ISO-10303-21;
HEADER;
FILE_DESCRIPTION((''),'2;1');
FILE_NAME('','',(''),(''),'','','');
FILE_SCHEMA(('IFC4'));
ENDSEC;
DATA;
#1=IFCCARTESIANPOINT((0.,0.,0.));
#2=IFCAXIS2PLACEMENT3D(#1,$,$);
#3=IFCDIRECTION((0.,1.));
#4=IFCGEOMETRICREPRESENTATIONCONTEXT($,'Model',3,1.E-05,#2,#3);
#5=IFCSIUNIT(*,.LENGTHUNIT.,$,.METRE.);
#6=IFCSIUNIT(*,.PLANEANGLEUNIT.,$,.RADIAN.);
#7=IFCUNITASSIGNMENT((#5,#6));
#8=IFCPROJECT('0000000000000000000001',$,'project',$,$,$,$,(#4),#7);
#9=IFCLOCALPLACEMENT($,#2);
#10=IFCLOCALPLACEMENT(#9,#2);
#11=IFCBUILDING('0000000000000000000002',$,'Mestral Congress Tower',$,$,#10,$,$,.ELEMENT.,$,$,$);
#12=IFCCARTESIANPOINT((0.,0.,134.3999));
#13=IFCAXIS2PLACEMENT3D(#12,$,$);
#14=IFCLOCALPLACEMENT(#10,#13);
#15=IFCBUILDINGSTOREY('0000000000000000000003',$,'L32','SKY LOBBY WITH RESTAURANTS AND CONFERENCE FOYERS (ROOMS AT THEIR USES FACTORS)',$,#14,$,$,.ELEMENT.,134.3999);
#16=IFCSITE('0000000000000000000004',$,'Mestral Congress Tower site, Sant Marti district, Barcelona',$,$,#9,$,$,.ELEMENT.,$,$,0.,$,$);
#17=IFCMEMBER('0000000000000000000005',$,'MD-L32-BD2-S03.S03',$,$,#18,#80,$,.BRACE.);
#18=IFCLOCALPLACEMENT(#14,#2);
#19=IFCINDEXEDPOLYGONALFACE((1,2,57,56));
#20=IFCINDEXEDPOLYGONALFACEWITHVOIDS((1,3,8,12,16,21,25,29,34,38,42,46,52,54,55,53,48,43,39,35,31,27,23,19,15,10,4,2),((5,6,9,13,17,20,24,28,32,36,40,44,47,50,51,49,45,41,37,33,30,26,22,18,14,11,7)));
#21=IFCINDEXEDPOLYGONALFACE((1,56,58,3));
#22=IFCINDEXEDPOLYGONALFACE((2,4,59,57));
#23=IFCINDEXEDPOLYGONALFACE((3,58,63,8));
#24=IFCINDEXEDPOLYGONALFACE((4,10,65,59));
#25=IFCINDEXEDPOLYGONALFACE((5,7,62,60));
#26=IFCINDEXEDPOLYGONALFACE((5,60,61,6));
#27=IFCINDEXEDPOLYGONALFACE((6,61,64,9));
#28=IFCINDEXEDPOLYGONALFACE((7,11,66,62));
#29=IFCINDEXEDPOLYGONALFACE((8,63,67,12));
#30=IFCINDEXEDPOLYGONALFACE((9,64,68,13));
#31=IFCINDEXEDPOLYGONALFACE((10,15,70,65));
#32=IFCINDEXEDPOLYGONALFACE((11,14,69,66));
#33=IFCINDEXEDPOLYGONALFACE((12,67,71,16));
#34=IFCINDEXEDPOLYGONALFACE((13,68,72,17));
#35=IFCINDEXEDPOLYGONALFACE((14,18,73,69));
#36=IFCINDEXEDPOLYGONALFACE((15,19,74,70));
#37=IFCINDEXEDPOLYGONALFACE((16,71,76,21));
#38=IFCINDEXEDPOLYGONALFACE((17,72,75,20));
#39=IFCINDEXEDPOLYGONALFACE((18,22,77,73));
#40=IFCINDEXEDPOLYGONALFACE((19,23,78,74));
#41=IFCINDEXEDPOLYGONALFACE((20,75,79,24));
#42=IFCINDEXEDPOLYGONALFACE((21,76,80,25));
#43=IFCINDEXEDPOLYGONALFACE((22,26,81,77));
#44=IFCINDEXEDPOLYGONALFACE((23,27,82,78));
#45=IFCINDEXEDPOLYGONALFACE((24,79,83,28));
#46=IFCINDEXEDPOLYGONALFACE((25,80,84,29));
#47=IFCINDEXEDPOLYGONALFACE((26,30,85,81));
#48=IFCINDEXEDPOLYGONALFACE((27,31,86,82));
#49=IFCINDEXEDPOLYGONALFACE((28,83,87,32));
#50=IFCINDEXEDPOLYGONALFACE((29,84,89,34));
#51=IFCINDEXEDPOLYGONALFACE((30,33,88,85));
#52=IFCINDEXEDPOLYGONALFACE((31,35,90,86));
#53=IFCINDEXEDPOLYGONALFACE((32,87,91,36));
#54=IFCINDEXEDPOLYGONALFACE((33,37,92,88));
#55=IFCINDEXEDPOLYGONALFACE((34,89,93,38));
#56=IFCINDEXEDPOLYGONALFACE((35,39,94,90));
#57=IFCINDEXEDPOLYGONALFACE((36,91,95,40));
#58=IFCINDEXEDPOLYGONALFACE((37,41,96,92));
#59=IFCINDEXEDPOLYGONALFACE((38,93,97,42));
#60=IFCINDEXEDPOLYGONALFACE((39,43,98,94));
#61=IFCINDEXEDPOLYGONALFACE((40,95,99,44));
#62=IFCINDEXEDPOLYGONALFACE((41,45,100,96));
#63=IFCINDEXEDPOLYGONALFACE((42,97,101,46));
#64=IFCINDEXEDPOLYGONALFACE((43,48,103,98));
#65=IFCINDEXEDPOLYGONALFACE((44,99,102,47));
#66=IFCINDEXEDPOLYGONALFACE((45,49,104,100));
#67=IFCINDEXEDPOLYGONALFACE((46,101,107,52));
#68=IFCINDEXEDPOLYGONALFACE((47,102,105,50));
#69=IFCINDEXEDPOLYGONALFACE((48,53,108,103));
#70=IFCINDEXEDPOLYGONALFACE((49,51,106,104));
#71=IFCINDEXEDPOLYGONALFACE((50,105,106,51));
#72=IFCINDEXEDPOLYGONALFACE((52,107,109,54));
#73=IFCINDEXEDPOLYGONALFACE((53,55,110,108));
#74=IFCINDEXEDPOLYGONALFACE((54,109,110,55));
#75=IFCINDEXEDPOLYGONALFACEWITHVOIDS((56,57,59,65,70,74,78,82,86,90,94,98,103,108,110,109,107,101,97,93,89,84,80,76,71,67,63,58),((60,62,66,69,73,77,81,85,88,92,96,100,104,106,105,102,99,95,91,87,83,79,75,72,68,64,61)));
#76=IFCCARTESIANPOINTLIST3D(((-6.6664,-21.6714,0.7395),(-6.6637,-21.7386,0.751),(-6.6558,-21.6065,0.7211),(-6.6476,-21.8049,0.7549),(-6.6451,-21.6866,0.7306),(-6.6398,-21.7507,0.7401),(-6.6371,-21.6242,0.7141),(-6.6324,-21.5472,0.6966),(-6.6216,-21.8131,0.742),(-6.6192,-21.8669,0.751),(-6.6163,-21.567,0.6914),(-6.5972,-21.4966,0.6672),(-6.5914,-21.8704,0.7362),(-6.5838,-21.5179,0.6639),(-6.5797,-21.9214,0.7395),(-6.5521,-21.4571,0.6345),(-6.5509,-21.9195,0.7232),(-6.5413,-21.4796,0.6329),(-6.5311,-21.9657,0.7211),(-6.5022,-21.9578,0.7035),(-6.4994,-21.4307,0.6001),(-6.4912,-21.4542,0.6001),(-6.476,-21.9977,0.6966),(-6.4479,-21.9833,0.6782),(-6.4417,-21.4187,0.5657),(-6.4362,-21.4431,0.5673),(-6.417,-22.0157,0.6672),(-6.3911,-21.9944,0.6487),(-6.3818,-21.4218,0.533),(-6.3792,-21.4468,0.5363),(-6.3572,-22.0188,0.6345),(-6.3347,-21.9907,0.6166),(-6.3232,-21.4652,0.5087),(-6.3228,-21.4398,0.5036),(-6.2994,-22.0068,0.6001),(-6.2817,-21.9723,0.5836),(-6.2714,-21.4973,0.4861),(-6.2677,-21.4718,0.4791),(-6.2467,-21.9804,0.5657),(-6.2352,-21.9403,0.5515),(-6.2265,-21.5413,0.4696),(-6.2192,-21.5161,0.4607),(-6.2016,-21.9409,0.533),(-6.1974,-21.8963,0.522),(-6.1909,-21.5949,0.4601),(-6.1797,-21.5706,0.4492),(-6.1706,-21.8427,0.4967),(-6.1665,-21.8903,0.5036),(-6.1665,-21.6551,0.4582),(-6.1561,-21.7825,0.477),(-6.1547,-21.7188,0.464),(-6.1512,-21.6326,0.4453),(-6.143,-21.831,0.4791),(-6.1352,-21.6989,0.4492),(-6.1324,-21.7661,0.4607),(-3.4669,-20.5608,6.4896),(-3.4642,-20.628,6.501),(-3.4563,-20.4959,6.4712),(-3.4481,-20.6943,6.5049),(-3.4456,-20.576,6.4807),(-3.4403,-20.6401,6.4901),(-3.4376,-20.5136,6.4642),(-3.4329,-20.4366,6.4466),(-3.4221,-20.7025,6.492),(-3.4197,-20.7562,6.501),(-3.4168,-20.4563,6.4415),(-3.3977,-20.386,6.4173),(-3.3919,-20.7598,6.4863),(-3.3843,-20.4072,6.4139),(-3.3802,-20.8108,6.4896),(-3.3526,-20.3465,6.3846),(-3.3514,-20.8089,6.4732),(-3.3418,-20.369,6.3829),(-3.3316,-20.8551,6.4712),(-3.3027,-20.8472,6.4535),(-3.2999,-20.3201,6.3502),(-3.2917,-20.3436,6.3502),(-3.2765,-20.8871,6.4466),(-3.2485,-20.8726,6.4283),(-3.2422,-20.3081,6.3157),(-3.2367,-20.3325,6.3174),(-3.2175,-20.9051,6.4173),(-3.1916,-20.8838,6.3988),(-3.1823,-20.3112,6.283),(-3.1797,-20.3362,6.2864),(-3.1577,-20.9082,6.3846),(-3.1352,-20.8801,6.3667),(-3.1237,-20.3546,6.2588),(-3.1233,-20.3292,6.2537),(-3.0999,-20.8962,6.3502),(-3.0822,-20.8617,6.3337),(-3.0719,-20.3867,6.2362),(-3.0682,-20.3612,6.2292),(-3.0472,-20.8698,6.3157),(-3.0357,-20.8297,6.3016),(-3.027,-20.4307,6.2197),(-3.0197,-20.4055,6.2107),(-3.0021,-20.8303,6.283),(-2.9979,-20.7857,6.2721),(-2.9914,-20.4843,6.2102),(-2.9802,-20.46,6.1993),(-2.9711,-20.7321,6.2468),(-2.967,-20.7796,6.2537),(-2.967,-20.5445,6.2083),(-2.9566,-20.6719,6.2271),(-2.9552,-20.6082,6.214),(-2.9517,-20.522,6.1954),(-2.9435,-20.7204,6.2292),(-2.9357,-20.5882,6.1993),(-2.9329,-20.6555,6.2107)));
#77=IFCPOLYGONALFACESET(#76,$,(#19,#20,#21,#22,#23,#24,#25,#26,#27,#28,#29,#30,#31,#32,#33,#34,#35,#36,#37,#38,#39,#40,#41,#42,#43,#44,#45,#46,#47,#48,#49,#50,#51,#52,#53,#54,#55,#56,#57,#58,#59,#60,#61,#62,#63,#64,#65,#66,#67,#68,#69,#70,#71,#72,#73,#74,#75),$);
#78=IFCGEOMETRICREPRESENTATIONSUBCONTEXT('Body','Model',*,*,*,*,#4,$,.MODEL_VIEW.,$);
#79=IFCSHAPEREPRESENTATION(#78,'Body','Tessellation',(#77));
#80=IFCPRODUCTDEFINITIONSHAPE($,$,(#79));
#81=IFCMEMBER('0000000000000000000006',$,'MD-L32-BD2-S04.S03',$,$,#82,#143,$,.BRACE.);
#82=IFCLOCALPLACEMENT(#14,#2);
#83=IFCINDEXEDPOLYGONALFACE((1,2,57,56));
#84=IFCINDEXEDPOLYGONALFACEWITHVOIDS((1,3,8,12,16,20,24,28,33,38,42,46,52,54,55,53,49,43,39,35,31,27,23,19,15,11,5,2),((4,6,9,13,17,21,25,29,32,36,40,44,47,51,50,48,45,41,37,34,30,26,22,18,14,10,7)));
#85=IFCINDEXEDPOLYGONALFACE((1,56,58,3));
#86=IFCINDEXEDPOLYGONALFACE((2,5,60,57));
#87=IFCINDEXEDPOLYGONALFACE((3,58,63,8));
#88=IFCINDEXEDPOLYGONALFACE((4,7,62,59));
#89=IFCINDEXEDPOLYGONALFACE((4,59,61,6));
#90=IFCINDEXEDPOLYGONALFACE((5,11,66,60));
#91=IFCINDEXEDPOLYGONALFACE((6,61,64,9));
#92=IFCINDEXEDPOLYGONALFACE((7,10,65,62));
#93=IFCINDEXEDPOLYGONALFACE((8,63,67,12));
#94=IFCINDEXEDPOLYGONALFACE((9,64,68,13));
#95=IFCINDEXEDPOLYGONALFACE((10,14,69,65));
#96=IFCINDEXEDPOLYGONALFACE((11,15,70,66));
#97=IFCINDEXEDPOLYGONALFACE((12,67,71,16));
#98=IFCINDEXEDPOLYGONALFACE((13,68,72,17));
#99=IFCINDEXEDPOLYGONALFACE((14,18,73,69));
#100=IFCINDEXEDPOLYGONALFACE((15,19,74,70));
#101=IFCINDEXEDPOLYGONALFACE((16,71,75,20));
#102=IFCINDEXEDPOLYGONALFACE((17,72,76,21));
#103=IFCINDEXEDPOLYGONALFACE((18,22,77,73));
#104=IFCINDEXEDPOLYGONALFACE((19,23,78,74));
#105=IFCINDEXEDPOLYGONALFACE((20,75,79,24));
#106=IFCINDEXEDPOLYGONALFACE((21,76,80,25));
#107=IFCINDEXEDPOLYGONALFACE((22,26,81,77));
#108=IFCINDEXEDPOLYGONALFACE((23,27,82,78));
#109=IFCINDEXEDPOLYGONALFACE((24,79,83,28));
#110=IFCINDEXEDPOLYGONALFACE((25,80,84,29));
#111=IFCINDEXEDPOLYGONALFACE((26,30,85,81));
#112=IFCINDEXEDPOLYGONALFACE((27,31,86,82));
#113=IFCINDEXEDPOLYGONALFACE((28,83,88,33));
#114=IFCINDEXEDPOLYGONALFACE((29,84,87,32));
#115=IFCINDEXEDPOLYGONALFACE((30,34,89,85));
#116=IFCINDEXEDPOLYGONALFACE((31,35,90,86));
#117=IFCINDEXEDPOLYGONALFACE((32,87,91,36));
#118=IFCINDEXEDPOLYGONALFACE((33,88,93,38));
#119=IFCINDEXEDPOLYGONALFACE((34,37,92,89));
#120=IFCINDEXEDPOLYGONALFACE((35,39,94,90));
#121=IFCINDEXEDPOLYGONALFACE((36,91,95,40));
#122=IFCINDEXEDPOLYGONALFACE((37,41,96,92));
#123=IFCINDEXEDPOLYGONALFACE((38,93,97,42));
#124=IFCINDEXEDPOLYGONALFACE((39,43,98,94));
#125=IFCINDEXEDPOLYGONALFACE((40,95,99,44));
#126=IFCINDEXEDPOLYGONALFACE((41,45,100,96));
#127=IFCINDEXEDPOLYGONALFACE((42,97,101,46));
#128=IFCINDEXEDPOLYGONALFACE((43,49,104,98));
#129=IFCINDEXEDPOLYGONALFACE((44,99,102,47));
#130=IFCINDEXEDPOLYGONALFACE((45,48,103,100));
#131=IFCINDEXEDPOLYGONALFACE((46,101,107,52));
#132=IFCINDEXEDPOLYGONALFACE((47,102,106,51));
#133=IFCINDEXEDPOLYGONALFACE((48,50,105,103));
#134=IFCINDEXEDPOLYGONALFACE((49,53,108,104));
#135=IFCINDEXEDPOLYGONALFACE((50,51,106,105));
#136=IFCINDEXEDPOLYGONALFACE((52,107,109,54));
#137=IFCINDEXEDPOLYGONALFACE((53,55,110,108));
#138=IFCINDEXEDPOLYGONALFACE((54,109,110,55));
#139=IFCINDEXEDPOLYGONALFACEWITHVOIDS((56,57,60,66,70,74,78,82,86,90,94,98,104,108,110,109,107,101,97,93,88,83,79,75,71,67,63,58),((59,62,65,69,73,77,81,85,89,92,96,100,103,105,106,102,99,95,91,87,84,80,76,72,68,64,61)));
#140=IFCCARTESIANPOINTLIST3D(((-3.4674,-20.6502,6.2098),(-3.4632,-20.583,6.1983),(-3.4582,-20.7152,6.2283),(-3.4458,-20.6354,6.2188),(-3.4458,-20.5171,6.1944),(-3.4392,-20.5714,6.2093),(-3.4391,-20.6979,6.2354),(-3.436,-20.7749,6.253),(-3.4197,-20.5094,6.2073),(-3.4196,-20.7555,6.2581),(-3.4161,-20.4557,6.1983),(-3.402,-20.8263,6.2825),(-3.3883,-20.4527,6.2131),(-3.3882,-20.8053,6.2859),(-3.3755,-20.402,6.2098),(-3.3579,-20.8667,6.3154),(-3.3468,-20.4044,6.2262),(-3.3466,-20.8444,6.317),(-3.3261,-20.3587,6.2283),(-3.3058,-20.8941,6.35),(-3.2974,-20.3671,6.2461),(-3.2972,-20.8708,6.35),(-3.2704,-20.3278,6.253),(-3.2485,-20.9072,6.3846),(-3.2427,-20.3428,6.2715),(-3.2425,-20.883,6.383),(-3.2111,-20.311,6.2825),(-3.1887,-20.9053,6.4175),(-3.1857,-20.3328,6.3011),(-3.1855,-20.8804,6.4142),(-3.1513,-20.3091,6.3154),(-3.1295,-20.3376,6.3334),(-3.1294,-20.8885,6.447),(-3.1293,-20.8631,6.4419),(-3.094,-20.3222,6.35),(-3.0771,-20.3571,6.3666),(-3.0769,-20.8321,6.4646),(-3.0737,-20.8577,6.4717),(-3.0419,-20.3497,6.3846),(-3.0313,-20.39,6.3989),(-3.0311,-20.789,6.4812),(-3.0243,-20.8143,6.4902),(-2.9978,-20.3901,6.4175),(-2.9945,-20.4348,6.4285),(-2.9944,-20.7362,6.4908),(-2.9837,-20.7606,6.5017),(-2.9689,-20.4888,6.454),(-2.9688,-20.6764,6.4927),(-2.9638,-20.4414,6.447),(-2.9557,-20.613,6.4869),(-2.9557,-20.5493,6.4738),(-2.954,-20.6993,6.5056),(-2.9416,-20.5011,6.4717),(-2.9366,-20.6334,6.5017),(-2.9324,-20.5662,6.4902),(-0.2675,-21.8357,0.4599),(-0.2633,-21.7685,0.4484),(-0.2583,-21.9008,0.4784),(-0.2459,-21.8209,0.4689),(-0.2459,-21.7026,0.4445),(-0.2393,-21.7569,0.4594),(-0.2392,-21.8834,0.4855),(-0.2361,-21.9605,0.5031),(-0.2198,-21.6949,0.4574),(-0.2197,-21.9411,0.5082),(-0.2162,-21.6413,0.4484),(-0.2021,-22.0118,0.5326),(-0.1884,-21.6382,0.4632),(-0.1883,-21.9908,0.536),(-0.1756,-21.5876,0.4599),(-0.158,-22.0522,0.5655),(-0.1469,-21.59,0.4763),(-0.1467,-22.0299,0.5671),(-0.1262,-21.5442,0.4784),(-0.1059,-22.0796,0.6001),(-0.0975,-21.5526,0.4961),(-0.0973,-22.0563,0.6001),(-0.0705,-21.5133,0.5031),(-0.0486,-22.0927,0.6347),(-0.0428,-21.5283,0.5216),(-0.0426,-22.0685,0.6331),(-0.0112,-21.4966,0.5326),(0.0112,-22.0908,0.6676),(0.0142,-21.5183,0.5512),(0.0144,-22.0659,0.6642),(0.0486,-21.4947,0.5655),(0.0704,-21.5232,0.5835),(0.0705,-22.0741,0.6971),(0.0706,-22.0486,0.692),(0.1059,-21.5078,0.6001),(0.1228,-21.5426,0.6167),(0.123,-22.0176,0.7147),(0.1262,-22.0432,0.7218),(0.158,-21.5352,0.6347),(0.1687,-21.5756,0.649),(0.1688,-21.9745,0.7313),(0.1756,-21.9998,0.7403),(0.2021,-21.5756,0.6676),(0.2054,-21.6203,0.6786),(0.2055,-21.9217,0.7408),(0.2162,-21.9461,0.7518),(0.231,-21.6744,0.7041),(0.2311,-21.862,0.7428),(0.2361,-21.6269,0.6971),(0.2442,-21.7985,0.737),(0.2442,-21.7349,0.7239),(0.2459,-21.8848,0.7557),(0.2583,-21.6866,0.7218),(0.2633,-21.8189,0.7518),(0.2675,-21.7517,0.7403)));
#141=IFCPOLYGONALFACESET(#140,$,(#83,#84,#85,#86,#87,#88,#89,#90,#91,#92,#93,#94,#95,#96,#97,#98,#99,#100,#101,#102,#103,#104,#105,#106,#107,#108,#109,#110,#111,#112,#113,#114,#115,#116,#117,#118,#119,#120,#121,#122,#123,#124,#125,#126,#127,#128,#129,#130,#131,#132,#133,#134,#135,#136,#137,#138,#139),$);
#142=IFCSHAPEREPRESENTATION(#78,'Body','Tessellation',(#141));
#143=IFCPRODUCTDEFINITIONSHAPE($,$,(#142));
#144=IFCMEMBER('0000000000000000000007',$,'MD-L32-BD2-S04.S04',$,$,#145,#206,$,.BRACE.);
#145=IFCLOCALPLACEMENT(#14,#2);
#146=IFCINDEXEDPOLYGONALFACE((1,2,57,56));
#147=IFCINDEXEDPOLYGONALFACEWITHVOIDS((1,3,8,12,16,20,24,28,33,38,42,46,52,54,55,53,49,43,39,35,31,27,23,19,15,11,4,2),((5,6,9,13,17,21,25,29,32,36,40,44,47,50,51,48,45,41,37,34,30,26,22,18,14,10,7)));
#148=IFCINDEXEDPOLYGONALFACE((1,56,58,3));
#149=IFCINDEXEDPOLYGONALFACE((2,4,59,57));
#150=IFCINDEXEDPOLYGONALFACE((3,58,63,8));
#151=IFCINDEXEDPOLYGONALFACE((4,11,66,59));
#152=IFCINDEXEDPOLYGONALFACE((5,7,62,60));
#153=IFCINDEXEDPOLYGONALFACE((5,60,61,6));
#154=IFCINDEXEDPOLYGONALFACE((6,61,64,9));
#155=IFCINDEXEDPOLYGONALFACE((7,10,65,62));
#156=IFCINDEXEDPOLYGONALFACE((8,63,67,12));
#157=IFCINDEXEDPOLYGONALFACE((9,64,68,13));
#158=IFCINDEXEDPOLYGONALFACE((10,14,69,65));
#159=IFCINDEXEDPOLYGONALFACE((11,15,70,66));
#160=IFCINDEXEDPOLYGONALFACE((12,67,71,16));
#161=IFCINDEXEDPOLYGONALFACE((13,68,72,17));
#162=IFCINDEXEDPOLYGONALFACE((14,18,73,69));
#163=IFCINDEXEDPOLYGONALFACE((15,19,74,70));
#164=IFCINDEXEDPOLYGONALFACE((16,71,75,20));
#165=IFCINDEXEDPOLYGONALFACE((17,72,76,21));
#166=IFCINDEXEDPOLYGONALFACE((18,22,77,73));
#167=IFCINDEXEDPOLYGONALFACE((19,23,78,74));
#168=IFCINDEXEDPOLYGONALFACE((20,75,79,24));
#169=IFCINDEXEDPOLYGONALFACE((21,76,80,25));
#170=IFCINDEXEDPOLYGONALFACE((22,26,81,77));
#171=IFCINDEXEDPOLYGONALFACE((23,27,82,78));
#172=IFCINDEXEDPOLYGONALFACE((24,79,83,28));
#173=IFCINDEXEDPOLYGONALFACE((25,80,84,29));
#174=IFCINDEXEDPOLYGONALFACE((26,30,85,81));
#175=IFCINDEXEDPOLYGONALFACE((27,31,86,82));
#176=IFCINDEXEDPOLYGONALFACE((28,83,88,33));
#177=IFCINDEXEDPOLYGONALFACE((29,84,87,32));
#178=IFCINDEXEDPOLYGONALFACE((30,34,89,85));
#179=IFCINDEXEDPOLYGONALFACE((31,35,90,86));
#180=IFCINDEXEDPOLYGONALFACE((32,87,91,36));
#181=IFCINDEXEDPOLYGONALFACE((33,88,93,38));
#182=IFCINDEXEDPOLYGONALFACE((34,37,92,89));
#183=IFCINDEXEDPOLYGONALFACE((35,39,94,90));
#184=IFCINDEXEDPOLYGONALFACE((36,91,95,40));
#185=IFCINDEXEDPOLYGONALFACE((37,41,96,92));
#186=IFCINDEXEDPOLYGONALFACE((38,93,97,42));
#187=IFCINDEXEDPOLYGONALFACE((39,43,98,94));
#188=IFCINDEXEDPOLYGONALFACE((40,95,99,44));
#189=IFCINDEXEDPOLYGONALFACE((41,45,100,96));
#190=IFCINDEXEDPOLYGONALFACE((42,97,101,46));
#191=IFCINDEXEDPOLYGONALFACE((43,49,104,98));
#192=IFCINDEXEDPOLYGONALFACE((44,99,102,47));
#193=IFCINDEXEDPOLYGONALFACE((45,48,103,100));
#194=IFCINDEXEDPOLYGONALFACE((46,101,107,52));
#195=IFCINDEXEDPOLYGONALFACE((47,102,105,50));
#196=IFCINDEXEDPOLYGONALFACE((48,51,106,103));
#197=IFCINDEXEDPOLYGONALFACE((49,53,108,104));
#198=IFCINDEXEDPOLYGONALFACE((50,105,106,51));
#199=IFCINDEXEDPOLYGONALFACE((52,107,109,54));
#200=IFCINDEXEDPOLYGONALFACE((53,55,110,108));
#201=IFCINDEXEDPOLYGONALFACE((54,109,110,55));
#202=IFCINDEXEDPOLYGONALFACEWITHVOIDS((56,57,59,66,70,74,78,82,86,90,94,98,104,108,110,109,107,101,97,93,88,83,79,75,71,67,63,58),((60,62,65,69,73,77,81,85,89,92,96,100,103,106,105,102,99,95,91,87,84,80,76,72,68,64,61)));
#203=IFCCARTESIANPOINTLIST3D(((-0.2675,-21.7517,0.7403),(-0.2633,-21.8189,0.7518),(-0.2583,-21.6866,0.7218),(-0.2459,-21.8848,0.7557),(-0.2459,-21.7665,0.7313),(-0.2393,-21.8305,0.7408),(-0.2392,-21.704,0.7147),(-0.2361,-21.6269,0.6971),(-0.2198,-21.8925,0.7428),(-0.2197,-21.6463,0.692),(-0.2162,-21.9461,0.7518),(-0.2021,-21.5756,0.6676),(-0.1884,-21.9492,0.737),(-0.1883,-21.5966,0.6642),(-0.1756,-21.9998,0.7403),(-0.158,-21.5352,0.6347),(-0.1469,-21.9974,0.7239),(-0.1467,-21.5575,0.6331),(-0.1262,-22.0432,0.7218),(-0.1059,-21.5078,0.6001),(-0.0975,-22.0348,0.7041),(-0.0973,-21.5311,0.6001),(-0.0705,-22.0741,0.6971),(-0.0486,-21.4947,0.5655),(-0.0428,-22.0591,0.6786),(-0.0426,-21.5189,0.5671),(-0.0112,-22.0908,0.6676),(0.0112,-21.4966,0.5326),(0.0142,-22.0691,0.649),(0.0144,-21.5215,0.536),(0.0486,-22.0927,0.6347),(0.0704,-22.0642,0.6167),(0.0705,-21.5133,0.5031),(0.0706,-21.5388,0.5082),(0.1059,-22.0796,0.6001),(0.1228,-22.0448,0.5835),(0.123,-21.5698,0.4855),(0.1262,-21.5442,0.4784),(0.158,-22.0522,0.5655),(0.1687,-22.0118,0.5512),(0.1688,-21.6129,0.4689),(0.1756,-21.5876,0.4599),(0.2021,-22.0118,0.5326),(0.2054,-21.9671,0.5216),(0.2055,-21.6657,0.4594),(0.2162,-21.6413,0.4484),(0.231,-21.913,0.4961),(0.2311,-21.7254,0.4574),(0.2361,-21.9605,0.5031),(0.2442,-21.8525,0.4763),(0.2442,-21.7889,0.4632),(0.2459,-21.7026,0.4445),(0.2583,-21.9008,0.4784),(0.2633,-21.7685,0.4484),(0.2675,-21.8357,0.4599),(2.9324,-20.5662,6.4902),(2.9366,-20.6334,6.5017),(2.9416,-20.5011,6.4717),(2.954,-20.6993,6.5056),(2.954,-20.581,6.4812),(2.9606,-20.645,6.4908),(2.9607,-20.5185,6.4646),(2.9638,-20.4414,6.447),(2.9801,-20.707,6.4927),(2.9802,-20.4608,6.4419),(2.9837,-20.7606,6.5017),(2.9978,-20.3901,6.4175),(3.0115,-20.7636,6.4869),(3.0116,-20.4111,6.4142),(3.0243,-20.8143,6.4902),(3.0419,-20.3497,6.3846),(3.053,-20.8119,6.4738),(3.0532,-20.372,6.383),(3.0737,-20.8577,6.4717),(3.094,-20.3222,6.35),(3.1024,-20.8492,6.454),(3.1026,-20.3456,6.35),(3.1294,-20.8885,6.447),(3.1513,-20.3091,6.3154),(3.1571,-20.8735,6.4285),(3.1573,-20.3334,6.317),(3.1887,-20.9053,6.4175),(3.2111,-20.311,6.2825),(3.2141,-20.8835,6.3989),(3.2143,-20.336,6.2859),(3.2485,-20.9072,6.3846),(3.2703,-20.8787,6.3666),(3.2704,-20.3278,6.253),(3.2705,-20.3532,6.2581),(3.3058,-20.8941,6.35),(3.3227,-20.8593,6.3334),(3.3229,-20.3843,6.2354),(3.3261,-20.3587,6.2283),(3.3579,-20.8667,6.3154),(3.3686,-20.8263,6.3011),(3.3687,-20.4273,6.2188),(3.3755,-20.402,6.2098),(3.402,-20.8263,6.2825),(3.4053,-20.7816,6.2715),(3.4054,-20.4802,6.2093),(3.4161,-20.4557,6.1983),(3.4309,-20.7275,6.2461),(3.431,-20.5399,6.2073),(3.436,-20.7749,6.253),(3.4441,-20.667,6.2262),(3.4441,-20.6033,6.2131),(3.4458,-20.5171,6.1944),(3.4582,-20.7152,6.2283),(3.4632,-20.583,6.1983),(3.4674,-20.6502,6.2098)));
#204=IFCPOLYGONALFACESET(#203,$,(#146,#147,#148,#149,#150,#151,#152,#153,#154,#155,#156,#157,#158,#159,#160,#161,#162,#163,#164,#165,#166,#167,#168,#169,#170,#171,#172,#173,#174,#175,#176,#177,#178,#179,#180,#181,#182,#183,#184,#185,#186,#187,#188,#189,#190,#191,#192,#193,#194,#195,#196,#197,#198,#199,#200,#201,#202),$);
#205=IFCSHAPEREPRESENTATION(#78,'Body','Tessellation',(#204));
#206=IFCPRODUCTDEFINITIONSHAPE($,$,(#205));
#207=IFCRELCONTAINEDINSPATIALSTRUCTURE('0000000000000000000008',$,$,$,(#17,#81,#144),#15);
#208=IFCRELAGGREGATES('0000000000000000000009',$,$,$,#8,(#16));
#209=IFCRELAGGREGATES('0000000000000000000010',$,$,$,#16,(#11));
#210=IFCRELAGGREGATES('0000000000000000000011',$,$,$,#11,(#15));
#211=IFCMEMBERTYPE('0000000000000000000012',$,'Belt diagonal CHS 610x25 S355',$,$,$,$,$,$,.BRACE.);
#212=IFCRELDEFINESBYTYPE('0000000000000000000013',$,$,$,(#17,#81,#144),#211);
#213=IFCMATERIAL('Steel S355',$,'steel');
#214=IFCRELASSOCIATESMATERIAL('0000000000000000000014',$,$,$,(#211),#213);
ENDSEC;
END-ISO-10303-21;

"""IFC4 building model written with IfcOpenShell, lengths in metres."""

from ifc_helpers import new_model, si_unit, direction, frame, origin, origin_2d, place, context, subcontext, project, spatial, hollow_circle, extrude, material, material_profile, profile_set, type_object, element, save


model = new_model("IFC4")

# Units and contexts
model_context = context("Model", 3, precision=1e-05, world=origin(), true_north=direction((0.0, 1.0)))
body_context = subcontext(model_context, "Body", "Model", "MODEL_VIEW")
ifc_project = project(units=[si_unit("LENGTHUNIT", "METRE"), si_unit("PLANEANGLEUNIT", "RADIAN")], contexts=[model_context])

# Site, building, storey
site_placement = place(None, origin())
site = spatial("IfcSite", under=ifc_project, at=site_placement, Name="Mestral Congress Tower site, Sant Marti district, Barcelona", CompositionType="ELEMENT", RefElevation=0.0)
building_placement = place(site_placement, origin())
building = spatial("IfcBuilding", under=site, at=building_placement, Name="Mestral Congress Tower", CompositionType="ELEMENT")
storey_placement = place(building_placement, frame((0.0, 0.0, 134.3999)))
storey = spatial("IfcBuildingStorey", under=building, at=storey_placement, Name="L32", Description="SKY LOBBY WITH RESTAURANTS AND CONFERENCE FOYERS (ROOMS AT THEIR USES FACTORS)", CompositionType="ELEMENT", Elevation=134.3999)

# Members
ifc_material_1 = material(Name="Steel S355", Category="steel")
ifc_material_profile_1 = material_profile(ifc_material_1, hollow_circle(Radius=0.3049, WallThickness=0.0249, at=origin_2d()), Name="CHS 610x25")
ifc_profile_set_1 = profile_set([ifc_material_profile_1], Name="Steel S355")
member_type_1 = type_object("IfcMemberType", Name="Belt diagonal CHS 610x25 S355", PredefinedType="BRACE", material=ifc_profile_set_1)
member_1_placement = place(storey_placement, frame((-6.3994, -21.7188, 0.6001), z_axis=(0.479445, 0.166425, 0.861647), x_axis=(-0.327925, 0.944704, 0.0)))
element("IfcMember", 1, at=member_1_placement, inside=storey, type_object=member_type_1, Name="MD-L32-BD2-S03.S03", PredefinedType="BRACE", context=body_context, shape_type="SweptSolid", body=[
    extrude(hollow_circle(Radius=0.3049, WallThickness=0.0249, at=origin_2d()), origin(), (0.0, 0.0, 1.0), 6.6733),
])
for number, where, z_axis, x_axis, name in (
    (2, (0.0, -21.7937, 0.6001), (-0.478577, 0.177308, 0.859957), (-0.347412, -0.937713, 0.0), "MD-L32-BD2-S04.S03"),
    (3, (0.0, -21.7937, 0.6001), (0.478577, 0.177308, 0.859957), (-0.347412, 0.937713, 0.0), "MD-L32-BD2-S04.S04"),
):
    element("IfcMember", number, at=place(storey_placement, frame(where, z_axis=z_axis, x_axis=x_axis)), inside=storey, type_object=member_type_1, Name=name, PredefinedType="BRACE", context=body_context, shape_type="SweptSolid", body=[
        extrude(hollow_circle(Radius=0.3049, WallThickness=0.0249, at=origin_2d()), origin(), (0.0, 0.0, 1.0), 6.6863),
    ])

save(model, "model.ifc")
